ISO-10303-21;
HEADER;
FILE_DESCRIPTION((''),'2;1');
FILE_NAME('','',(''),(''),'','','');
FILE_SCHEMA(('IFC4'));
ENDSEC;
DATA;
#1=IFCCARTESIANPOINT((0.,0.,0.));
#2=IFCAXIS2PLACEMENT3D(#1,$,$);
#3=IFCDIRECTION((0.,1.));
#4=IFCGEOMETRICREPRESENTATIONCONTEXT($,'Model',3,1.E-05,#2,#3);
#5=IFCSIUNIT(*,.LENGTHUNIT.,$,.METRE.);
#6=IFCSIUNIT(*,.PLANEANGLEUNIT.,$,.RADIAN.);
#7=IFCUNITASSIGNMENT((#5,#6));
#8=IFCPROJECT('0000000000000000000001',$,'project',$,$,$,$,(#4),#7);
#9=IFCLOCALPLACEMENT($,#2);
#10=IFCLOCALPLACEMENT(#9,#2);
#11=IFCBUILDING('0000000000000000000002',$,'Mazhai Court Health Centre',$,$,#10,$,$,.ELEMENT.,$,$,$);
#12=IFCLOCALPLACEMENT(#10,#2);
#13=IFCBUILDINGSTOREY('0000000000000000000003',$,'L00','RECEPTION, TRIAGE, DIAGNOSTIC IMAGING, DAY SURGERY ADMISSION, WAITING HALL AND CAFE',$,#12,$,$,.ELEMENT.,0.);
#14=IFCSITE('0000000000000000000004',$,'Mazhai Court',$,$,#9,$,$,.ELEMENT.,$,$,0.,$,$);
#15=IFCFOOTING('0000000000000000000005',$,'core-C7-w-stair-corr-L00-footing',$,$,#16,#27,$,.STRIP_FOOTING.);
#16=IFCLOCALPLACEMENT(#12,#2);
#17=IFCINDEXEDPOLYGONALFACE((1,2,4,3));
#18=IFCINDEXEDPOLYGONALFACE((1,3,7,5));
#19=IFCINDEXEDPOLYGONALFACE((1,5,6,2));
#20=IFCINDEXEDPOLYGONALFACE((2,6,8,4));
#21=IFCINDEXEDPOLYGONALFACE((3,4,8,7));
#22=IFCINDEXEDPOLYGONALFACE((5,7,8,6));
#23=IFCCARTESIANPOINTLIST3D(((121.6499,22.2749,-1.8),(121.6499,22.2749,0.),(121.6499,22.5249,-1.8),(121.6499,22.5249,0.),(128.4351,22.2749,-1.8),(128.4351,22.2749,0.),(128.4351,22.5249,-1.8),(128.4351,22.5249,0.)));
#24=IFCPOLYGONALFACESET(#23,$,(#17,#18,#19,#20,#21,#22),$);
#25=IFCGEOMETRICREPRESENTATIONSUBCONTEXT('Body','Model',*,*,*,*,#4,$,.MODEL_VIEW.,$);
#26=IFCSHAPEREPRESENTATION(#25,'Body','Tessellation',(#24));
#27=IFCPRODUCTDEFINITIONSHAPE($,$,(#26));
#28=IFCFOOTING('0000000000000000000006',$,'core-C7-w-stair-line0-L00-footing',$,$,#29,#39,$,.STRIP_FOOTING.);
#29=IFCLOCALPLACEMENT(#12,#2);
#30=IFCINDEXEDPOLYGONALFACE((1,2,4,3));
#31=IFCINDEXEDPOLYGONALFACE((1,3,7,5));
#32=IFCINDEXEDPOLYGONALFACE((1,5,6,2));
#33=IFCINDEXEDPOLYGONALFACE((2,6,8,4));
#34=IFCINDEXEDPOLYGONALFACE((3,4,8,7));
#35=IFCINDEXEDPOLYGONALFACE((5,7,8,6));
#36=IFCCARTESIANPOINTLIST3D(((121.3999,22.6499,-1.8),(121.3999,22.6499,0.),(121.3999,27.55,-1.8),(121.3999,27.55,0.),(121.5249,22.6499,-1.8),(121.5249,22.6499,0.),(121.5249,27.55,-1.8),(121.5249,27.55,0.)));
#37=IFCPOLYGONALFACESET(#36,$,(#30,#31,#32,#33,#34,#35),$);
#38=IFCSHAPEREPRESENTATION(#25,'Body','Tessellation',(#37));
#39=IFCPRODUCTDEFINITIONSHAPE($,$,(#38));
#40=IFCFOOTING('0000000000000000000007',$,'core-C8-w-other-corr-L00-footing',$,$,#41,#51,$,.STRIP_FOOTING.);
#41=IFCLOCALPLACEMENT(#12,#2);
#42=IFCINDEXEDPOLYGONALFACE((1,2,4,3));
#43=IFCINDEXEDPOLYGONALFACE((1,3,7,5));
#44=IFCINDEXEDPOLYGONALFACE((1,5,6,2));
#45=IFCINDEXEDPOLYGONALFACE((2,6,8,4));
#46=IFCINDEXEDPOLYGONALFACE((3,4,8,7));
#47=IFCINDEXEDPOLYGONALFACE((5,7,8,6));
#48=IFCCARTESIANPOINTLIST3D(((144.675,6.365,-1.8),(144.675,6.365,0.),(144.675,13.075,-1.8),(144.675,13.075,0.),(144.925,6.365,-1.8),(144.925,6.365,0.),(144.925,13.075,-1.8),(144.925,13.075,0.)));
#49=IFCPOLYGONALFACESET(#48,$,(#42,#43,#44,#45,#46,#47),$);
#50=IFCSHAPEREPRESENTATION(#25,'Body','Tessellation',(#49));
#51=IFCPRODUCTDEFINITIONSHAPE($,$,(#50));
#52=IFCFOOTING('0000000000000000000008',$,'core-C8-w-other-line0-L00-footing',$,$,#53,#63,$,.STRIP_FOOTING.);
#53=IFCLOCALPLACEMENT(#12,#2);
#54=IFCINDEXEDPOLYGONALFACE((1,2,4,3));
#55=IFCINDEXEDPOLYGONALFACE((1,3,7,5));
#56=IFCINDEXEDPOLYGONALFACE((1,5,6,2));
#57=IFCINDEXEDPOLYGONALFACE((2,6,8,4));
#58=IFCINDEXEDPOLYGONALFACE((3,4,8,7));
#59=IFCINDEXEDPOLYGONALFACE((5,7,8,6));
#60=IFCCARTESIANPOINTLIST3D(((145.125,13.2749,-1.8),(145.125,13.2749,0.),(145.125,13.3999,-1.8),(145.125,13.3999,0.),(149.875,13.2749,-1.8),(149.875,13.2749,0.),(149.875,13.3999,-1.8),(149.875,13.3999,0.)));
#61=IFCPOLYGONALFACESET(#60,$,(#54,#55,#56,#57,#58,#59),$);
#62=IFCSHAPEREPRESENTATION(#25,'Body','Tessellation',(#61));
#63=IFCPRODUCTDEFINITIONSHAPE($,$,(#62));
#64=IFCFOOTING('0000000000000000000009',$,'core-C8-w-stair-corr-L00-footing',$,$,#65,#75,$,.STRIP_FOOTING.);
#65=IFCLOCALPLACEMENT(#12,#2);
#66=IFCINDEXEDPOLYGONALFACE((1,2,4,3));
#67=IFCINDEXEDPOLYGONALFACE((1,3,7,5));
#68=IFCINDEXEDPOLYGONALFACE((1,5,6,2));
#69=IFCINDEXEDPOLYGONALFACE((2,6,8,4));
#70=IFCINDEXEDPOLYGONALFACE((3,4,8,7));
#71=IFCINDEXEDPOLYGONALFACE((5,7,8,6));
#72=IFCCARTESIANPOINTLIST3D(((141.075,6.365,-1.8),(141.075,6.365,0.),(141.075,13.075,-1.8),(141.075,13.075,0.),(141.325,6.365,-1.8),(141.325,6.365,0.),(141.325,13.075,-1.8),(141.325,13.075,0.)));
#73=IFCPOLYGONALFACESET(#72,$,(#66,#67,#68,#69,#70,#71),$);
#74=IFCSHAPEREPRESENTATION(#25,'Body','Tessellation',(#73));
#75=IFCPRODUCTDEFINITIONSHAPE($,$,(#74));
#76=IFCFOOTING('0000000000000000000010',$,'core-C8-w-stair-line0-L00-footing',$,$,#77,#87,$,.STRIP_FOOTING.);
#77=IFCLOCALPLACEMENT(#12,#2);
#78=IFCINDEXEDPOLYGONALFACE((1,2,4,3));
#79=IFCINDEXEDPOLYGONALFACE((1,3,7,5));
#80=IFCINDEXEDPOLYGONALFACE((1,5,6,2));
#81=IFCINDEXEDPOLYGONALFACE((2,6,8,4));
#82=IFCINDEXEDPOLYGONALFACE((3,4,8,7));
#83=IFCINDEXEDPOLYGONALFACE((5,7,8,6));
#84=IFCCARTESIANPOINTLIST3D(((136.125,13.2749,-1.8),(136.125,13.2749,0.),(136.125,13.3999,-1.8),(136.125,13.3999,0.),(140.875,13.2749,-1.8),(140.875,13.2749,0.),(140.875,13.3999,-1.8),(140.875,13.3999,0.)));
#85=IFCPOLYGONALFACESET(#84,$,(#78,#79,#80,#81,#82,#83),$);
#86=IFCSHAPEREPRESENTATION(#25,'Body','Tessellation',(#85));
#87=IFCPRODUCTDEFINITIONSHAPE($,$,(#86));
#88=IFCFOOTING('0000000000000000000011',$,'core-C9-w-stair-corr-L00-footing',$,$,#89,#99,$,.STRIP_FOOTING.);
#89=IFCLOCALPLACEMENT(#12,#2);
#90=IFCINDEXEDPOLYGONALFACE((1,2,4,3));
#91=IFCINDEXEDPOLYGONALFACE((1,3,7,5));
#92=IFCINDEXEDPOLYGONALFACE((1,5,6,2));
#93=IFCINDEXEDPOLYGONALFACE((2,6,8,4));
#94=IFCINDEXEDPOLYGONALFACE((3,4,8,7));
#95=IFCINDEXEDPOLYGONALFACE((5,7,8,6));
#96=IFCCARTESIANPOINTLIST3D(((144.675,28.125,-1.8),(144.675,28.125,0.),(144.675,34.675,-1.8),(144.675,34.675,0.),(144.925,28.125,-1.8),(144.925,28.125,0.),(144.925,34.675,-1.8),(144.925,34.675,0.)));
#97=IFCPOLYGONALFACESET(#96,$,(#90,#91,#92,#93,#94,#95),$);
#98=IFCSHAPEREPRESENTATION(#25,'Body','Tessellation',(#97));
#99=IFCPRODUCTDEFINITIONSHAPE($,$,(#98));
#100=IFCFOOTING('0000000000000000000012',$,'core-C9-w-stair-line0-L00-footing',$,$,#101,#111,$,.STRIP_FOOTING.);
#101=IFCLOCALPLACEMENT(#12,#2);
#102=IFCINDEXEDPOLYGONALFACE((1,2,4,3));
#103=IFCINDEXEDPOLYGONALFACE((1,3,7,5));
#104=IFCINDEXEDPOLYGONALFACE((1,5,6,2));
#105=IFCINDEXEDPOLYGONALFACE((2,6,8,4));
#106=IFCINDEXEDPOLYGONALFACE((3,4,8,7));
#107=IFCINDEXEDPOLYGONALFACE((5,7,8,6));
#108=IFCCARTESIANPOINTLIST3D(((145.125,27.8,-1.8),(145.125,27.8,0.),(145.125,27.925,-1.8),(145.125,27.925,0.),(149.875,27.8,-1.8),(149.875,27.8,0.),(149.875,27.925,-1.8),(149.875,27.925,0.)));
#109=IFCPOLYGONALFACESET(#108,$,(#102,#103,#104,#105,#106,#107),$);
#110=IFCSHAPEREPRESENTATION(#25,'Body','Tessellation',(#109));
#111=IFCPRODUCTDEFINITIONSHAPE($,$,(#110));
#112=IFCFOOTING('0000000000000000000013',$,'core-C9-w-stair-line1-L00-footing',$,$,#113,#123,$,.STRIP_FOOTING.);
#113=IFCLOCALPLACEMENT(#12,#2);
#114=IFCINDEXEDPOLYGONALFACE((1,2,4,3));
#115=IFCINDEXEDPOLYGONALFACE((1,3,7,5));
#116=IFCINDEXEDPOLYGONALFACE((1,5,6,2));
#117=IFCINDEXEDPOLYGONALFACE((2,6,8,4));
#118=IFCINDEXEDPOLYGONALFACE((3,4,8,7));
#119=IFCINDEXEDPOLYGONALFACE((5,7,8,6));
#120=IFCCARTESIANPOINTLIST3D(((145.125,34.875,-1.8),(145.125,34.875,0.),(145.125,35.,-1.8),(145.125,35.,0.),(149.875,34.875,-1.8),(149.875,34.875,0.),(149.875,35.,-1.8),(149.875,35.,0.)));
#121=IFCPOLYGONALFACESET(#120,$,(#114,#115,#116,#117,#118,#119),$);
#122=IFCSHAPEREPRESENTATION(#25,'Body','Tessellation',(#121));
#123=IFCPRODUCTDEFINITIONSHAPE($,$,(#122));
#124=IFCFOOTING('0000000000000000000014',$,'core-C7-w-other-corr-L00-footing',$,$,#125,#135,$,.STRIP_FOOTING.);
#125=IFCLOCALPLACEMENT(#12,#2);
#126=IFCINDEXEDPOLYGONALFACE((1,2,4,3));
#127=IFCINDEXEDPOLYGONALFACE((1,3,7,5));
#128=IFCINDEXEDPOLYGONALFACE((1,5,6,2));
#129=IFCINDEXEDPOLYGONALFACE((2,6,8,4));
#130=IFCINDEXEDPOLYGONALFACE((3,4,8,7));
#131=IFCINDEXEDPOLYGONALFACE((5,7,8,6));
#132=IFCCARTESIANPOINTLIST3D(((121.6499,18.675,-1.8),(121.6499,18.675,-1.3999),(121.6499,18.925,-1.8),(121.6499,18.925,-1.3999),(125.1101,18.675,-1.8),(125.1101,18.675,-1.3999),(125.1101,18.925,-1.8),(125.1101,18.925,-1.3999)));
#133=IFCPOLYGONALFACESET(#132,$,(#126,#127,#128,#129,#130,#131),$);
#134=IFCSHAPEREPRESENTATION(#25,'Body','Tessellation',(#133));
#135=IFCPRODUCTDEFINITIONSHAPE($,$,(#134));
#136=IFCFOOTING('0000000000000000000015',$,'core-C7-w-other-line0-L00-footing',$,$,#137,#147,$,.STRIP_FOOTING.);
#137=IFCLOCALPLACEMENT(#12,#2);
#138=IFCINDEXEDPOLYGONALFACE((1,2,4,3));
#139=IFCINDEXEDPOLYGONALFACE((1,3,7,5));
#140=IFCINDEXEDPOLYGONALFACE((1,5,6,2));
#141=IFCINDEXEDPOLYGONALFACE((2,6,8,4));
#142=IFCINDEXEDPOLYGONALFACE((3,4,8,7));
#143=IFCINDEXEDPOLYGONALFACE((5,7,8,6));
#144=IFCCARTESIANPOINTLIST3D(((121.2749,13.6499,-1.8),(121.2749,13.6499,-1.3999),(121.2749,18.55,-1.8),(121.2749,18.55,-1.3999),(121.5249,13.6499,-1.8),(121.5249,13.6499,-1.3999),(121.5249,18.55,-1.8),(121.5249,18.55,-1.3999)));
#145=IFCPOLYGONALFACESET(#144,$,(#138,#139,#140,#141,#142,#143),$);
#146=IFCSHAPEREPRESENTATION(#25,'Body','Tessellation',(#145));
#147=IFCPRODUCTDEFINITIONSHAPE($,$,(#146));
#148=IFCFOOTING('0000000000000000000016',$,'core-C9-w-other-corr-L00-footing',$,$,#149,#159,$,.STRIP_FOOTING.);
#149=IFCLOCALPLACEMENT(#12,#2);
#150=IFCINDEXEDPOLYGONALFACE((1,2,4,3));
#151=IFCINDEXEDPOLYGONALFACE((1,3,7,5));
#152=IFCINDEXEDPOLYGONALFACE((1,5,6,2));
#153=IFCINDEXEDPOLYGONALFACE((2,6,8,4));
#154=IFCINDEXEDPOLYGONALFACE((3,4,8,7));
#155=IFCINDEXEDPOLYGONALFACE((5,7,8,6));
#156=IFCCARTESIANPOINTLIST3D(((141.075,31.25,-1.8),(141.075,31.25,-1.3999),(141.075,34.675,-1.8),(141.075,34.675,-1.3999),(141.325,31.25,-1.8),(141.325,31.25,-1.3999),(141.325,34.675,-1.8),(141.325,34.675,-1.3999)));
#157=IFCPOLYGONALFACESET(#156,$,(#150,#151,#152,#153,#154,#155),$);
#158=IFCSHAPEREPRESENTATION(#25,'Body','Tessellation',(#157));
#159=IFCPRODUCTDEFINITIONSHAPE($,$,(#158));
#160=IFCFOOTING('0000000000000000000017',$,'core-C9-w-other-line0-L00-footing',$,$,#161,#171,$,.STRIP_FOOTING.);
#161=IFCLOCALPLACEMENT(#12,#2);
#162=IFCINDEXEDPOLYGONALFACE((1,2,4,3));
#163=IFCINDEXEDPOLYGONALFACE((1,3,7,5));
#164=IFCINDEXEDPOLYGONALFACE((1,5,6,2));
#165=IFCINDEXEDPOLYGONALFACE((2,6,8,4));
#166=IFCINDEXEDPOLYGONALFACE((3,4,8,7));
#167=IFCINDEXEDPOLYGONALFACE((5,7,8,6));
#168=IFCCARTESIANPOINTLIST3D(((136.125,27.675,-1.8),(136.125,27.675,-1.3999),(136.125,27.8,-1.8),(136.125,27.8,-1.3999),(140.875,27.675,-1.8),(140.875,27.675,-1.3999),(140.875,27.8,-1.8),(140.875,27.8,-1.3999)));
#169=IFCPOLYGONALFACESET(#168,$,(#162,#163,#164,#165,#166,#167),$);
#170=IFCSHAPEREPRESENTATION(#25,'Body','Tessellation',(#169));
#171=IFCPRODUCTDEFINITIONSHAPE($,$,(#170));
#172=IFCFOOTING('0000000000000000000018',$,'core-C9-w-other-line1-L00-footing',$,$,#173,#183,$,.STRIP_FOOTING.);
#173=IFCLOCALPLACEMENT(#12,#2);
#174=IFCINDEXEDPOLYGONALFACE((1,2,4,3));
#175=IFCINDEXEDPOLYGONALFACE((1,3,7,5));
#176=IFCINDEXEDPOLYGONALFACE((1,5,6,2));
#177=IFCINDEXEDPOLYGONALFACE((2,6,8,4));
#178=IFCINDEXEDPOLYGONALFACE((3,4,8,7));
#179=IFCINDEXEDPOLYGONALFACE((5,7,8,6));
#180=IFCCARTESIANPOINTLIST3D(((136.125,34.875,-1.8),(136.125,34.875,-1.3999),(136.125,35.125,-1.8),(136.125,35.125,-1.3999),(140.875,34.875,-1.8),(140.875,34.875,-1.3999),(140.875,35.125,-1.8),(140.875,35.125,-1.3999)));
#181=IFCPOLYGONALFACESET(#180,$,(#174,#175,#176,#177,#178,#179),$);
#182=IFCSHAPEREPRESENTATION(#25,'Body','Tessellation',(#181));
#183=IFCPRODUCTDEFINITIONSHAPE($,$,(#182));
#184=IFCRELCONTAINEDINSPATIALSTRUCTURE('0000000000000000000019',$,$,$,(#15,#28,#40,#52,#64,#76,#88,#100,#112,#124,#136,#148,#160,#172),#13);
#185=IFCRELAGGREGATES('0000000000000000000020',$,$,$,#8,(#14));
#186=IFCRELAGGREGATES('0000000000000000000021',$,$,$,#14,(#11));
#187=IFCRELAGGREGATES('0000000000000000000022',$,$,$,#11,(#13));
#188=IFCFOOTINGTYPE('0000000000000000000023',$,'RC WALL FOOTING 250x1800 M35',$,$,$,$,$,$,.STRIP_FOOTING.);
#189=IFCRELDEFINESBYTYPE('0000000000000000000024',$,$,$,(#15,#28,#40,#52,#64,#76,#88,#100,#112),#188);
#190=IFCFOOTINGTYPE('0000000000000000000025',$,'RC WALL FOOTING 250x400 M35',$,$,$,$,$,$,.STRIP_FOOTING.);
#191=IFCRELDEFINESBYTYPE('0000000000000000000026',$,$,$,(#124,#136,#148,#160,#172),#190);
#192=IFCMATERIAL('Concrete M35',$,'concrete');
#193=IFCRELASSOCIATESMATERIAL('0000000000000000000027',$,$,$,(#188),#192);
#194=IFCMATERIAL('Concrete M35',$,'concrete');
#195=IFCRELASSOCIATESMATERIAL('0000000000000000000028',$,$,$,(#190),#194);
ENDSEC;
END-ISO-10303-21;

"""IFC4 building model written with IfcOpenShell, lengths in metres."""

from ifc_helpers import new_model, si_unit, direction, frame, origin, place, context, subcontext, project, spatial, polyline, outline, extrude, material, type_object, element, save


model = new_model("IFC4")

# Units and contexts
model_context = context("Model", 3, precision=1e-05, world=origin(), true_north=direction((0.0, 1.0)))
body_context = subcontext(model_context, "Body", "Model", "MODEL_VIEW")
ifc_project = project(units=[si_unit("LENGTHUNIT", "METRE"), si_unit("PLANEANGLEUNIT", "RADIAN")], contexts=[model_context])

# Site, building, storey
site_placement = place(None, origin())
site = spatial("IfcSite", under=ifc_project, at=site_placement, Name="Mazhai Court", CompositionType="ELEMENT", RefElevation=0.0)
building_placement = place(site_placement, origin())
building = spatial("IfcBuilding", under=site, at=building_placement, Name="Mazhai Court Health Centre", CompositionType="ELEMENT")
storey_placement = place(building_placement, origin())
storey = spatial("IfcBuildingStorey", under=building, at=storey_placement, Name="L00", Description="RECEPTION, TRIAGE, DIAGNOSTIC IMAGING, DAY SURGERY ADMISSION, WAITING HALL AND CAFE", CompositionType="ELEMENT", Elevation=0.0)

# Footings
ifc_material_1 = material(Name="Concrete M35", Category="concrete")
footing_type_1 = type_object("IfcFootingType", Name="RC WALL FOOTING 250x1800 M35", PredefinedType="STRIP_FOOTING", material=ifc_material_1)
footing_1_placement = place(storey_placement, frame((0.0, 0.0, -1.8)))
element("IfcFooting", 1, at=footing_1_placement, inside=storey, type_object=footing_type_1, Name="core-C7-w-stair-corr-L00-footing", PredefinedType="STRIP_FOOTING", context=body_context, shape_type="SweptSolid", body=[
    extrude(outline(polyline([(128.4351, 22.5249), (128.4351, 22.2749), (121.6499, 22.2749), (121.6499, 22.5249), (128.4351, 22.5249)])), origin(), (0.0, 0.0, 1.0), 1.8),
])
footing_2_placement = place(storey_placement, frame((0.0, 0.0, -1.8)))
element("IfcFooting", 2, at=footing_2_placement, inside=storey, type_object=footing_type_1, Name="core-C7-w-stair-line0-L00-footing", PredefinedType="STRIP_FOOTING", context=body_context, shape_type="SweptSolid", body=[
    extrude(outline(polyline([(121.5249, 27.55), (121.5249, 22.6499), (121.3999, 22.6499), (121.3999, 27.55), (121.5249, 27.55)])), origin(), (0.0, 0.0, 1.0), 1.8),
])
footing_3_placement = place(storey_placement, frame((0.0, 0.0, -1.8)))
element("IfcFooting", 3, at=footing_3_placement, inside=storey, type_object=footing_type_1, Name="core-C8-w-other-corr-L00-footing", PredefinedType="STRIP_FOOTING", context=body_context, shape_type="SweptSolid", body=[
    extrude(outline(polyline([(144.675, 13.075), (144.925, 13.075), (144.925, 6.365), (144.675, 6.365), (144.675, 13.075)])), origin(), (0.0, 0.0, 1.0), 1.8),
])
footing_4_placement = place(storey_placement, frame((0.0, 0.0, -1.8)))
element("IfcFooting", 4, at=footing_4_placement, inside=storey, type_object=footing_type_1, Name="core-C8-w-other-line0-L00-footing", PredefinedType="STRIP_FOOTING", context=body_context, shape_type="SweptSolid", body=[
    extrude(outline(polyline([(145.125, 13.2749), (145.125, 13.3999), (149.875, 13.3999), (149.875, 13.2749), (145.125, 13.2749)])), origin(), (0.0, 0.0, 1.0), 1.8),
])
footing_5_placement = place(storey_placement, frame((0.0, 0.0, -1.8)))
element("IfcFooting", 5, at=footing_5_placement, inside=storey, type_object=footing_type_1, Name="core-C8-w-stair-corr-L00-footing", PredefinedType="STRIP_FOOTING", context=body_context, shape_type="SweptSolid", body=[
    extrude(outline(polyline([(141.075, 13.075), (141.325, 13.075), (141.325, 6.365), (141.075, 6.365), (141.075, 13.075)])), origin(), (0.0, 0.0, 1.0), 1.8),
])
footing_6_placement = place(storey_placement, frame((0.0, 0.0, -1.8)))
element("IfcFooting", 6, at=footing_6_placement, inside=storey, type_object=footing_type_1, Name="core-C8-w-stair-line0-L00-footing", PredefinedType="STRIP_FOOTING", context=body_context, shape_type="SweptSolid", body=[
    extrude(outline(polyline([(136.125, 13.2749), (136.125, 13.3999), (140.875, 13.3999), (140.875, 13.2749), (136.125, 13.2749)])), origin(), (0.0, 0.0, 1.0), 1.8),
])
footing_7_placement = place(storey_placement, frame((0.0, 0.0, -1.8)))
element("IfcFooting", 7, at=footing_7_placement, inside=storey, type_object=footing_type_1, Name="core-C9-w-stair-corr-L00-footing", PredefinedType="STRIP_FOOTING", context=body_context, shape_type="SweptSolid", body=[
    extrude(outline(polyline([(144.675, 34.675), (144.925, 34.675), (144.925, 28.125), (144.675, 28.125), (144.675, 34.675)])), origin(), (0.0, 0.0, 1.0), 1.8),
])
footing_8_placement = place(storey_placement, frame((0.0, 0.0, -1.8)))
element("IfcFooting", 8, at=footing_8_placement, inside=storey, type_object=footing_type_1, Name="core-C9-w-stair-line0-L00-footing", PredefinedType="STRIP_FOOTING", context=body_context, shape_type="SweptSolid", body=[
    extrude(outline(polyline([(149.875, 27.925), (149.875, 27.8), (145.125, 27.8), (145.125, 27.925), (149.875, 27.925)])), origin(), (0.0, 0.0, 1.0), 1.8),
])
footing_9_placement = place(storey_placement, frame((0.0, 0.0, -1.8)))
element("IfcFooting", 9, at=footing_9_placement, inside=storey, type_object=footing_type_1, Name="core-C9-w-stair-line1-L00-footing", PredefinedType="STRIP_FOOTING", context=body_context, shape_type="SweptSolid", body=[
    extrude(outline(polyline([(145.125, 34.875), (145.125, 35.0), (149.875, 35.0), (149.875, 34.875), (145.125, 34.875)])), origin(), (0.0, 0.0, 1.0), 1.8),
])
ifc_material_2 = material(Name="Concrete M35", Category="concrete")
footing_type_2 = type_object("IfcFootingType", Name="RC WALL FOOTING 250x400 M35", PredefinedType="STRIP_FOOTING", material=ifc_material_2)
footing_10_placement = place(storey_placement, frame((0.0, 0.0, -1.8)))
element("IfcFooting", 10, at=footing_10_placement, inside=storey, type_object=footing_type_2, Name="core-C7-w-other-corr-L00-footing", PredefinedType="STRIP_FOOTING", context=body_context, shape_type="SweptSolid", body=[
    extrude(outline(polyline([(125.1101, 18.925), (125.1101, 18.675), (121.6499, 18.675), (121.6499, 18.925), (125.1101, 18.925)])), origin(), (0.0, 0.0, 1.0), 0.4001),
])
footing_11_placement = place(storey_placement, frame((0.0, 0.0, -1.8)))
element("IfcFooting", 11, at=footing_11_placement, inside=storey, type_object=footing_type_2, Name="core-C7-w-other-line0-L00-footing", PredefinedType="STRIP_FOOTING", context=body_context, shape_type="SweptSolid", body=[
    extrude(outline(polyline([(121.2749, 18.55), (121.5249, 18.55), (121.5249, 13.6499), (121.2749, 13.6499), (121.2749, 18.55)])), origin(), (0.0, 0.0, 1.0), 0.4001),
])
footing_12_placement = place(storey_placement, frame((0.0, 0.0, -1.8)))
element("IfcFooting", 12, at=footing_12_placement, inside=storey, type_object=footing_type_2, Name="core-C9-w-other-corr-L00-footing", PredefinedType="STRIP_FOOTING", context=body_context, shape_type="SweptSolid", body=[
    extrude(outline(polyline([(141.075, 34.675), (141.325, 34.675), (141.325, 31.25), (141.075, 31.25), (141.075, 34.675)])), origin(), (0.0, 0.0, 1.0), 0.4001),
])
footing_13_placement = place(storey_placement, frame((0.0, 0.0, -1.8)))
element("IfcFooting", 13, at=footing_13_placement, inside=storey, type_object=footing_type_2, Name="core-C9-w-other-line0-L00-footing", PredefinedType="STRIP_FOOTING", context=body_context, shape_type="SweptSolid", body=[
    extrude(outline(polyline([(136.125, 27.675), (136.125, 27.8), (140.875, 27.8), (140.875, 27.675), (136.125, 27.675)])), origin(), (0.0, 0.0, 1.0), 0.4001),
])
footing_14_placement = place(storey_placement, frame((0.0, 0.0, -1.8)))
element("IfcFooting", 14, at=footing_14_placement, inside=storey, type_object=footing_type_2, Name="core-C9-w-other-line1-L00-footing", PredefinedType="STRIP_FOOTING", context=body_context, shape_type="SweptSolid", body=[
    extrude(outline(polyline([(140.875, 35.125), (140.875, 34.875), (136.125, 34.875), (136.125, 35.125), (140.875, 35.125)])), origin(), (0.0, 0.0, 1.0), 0.4001),
])

save(model, "model.ifc")
